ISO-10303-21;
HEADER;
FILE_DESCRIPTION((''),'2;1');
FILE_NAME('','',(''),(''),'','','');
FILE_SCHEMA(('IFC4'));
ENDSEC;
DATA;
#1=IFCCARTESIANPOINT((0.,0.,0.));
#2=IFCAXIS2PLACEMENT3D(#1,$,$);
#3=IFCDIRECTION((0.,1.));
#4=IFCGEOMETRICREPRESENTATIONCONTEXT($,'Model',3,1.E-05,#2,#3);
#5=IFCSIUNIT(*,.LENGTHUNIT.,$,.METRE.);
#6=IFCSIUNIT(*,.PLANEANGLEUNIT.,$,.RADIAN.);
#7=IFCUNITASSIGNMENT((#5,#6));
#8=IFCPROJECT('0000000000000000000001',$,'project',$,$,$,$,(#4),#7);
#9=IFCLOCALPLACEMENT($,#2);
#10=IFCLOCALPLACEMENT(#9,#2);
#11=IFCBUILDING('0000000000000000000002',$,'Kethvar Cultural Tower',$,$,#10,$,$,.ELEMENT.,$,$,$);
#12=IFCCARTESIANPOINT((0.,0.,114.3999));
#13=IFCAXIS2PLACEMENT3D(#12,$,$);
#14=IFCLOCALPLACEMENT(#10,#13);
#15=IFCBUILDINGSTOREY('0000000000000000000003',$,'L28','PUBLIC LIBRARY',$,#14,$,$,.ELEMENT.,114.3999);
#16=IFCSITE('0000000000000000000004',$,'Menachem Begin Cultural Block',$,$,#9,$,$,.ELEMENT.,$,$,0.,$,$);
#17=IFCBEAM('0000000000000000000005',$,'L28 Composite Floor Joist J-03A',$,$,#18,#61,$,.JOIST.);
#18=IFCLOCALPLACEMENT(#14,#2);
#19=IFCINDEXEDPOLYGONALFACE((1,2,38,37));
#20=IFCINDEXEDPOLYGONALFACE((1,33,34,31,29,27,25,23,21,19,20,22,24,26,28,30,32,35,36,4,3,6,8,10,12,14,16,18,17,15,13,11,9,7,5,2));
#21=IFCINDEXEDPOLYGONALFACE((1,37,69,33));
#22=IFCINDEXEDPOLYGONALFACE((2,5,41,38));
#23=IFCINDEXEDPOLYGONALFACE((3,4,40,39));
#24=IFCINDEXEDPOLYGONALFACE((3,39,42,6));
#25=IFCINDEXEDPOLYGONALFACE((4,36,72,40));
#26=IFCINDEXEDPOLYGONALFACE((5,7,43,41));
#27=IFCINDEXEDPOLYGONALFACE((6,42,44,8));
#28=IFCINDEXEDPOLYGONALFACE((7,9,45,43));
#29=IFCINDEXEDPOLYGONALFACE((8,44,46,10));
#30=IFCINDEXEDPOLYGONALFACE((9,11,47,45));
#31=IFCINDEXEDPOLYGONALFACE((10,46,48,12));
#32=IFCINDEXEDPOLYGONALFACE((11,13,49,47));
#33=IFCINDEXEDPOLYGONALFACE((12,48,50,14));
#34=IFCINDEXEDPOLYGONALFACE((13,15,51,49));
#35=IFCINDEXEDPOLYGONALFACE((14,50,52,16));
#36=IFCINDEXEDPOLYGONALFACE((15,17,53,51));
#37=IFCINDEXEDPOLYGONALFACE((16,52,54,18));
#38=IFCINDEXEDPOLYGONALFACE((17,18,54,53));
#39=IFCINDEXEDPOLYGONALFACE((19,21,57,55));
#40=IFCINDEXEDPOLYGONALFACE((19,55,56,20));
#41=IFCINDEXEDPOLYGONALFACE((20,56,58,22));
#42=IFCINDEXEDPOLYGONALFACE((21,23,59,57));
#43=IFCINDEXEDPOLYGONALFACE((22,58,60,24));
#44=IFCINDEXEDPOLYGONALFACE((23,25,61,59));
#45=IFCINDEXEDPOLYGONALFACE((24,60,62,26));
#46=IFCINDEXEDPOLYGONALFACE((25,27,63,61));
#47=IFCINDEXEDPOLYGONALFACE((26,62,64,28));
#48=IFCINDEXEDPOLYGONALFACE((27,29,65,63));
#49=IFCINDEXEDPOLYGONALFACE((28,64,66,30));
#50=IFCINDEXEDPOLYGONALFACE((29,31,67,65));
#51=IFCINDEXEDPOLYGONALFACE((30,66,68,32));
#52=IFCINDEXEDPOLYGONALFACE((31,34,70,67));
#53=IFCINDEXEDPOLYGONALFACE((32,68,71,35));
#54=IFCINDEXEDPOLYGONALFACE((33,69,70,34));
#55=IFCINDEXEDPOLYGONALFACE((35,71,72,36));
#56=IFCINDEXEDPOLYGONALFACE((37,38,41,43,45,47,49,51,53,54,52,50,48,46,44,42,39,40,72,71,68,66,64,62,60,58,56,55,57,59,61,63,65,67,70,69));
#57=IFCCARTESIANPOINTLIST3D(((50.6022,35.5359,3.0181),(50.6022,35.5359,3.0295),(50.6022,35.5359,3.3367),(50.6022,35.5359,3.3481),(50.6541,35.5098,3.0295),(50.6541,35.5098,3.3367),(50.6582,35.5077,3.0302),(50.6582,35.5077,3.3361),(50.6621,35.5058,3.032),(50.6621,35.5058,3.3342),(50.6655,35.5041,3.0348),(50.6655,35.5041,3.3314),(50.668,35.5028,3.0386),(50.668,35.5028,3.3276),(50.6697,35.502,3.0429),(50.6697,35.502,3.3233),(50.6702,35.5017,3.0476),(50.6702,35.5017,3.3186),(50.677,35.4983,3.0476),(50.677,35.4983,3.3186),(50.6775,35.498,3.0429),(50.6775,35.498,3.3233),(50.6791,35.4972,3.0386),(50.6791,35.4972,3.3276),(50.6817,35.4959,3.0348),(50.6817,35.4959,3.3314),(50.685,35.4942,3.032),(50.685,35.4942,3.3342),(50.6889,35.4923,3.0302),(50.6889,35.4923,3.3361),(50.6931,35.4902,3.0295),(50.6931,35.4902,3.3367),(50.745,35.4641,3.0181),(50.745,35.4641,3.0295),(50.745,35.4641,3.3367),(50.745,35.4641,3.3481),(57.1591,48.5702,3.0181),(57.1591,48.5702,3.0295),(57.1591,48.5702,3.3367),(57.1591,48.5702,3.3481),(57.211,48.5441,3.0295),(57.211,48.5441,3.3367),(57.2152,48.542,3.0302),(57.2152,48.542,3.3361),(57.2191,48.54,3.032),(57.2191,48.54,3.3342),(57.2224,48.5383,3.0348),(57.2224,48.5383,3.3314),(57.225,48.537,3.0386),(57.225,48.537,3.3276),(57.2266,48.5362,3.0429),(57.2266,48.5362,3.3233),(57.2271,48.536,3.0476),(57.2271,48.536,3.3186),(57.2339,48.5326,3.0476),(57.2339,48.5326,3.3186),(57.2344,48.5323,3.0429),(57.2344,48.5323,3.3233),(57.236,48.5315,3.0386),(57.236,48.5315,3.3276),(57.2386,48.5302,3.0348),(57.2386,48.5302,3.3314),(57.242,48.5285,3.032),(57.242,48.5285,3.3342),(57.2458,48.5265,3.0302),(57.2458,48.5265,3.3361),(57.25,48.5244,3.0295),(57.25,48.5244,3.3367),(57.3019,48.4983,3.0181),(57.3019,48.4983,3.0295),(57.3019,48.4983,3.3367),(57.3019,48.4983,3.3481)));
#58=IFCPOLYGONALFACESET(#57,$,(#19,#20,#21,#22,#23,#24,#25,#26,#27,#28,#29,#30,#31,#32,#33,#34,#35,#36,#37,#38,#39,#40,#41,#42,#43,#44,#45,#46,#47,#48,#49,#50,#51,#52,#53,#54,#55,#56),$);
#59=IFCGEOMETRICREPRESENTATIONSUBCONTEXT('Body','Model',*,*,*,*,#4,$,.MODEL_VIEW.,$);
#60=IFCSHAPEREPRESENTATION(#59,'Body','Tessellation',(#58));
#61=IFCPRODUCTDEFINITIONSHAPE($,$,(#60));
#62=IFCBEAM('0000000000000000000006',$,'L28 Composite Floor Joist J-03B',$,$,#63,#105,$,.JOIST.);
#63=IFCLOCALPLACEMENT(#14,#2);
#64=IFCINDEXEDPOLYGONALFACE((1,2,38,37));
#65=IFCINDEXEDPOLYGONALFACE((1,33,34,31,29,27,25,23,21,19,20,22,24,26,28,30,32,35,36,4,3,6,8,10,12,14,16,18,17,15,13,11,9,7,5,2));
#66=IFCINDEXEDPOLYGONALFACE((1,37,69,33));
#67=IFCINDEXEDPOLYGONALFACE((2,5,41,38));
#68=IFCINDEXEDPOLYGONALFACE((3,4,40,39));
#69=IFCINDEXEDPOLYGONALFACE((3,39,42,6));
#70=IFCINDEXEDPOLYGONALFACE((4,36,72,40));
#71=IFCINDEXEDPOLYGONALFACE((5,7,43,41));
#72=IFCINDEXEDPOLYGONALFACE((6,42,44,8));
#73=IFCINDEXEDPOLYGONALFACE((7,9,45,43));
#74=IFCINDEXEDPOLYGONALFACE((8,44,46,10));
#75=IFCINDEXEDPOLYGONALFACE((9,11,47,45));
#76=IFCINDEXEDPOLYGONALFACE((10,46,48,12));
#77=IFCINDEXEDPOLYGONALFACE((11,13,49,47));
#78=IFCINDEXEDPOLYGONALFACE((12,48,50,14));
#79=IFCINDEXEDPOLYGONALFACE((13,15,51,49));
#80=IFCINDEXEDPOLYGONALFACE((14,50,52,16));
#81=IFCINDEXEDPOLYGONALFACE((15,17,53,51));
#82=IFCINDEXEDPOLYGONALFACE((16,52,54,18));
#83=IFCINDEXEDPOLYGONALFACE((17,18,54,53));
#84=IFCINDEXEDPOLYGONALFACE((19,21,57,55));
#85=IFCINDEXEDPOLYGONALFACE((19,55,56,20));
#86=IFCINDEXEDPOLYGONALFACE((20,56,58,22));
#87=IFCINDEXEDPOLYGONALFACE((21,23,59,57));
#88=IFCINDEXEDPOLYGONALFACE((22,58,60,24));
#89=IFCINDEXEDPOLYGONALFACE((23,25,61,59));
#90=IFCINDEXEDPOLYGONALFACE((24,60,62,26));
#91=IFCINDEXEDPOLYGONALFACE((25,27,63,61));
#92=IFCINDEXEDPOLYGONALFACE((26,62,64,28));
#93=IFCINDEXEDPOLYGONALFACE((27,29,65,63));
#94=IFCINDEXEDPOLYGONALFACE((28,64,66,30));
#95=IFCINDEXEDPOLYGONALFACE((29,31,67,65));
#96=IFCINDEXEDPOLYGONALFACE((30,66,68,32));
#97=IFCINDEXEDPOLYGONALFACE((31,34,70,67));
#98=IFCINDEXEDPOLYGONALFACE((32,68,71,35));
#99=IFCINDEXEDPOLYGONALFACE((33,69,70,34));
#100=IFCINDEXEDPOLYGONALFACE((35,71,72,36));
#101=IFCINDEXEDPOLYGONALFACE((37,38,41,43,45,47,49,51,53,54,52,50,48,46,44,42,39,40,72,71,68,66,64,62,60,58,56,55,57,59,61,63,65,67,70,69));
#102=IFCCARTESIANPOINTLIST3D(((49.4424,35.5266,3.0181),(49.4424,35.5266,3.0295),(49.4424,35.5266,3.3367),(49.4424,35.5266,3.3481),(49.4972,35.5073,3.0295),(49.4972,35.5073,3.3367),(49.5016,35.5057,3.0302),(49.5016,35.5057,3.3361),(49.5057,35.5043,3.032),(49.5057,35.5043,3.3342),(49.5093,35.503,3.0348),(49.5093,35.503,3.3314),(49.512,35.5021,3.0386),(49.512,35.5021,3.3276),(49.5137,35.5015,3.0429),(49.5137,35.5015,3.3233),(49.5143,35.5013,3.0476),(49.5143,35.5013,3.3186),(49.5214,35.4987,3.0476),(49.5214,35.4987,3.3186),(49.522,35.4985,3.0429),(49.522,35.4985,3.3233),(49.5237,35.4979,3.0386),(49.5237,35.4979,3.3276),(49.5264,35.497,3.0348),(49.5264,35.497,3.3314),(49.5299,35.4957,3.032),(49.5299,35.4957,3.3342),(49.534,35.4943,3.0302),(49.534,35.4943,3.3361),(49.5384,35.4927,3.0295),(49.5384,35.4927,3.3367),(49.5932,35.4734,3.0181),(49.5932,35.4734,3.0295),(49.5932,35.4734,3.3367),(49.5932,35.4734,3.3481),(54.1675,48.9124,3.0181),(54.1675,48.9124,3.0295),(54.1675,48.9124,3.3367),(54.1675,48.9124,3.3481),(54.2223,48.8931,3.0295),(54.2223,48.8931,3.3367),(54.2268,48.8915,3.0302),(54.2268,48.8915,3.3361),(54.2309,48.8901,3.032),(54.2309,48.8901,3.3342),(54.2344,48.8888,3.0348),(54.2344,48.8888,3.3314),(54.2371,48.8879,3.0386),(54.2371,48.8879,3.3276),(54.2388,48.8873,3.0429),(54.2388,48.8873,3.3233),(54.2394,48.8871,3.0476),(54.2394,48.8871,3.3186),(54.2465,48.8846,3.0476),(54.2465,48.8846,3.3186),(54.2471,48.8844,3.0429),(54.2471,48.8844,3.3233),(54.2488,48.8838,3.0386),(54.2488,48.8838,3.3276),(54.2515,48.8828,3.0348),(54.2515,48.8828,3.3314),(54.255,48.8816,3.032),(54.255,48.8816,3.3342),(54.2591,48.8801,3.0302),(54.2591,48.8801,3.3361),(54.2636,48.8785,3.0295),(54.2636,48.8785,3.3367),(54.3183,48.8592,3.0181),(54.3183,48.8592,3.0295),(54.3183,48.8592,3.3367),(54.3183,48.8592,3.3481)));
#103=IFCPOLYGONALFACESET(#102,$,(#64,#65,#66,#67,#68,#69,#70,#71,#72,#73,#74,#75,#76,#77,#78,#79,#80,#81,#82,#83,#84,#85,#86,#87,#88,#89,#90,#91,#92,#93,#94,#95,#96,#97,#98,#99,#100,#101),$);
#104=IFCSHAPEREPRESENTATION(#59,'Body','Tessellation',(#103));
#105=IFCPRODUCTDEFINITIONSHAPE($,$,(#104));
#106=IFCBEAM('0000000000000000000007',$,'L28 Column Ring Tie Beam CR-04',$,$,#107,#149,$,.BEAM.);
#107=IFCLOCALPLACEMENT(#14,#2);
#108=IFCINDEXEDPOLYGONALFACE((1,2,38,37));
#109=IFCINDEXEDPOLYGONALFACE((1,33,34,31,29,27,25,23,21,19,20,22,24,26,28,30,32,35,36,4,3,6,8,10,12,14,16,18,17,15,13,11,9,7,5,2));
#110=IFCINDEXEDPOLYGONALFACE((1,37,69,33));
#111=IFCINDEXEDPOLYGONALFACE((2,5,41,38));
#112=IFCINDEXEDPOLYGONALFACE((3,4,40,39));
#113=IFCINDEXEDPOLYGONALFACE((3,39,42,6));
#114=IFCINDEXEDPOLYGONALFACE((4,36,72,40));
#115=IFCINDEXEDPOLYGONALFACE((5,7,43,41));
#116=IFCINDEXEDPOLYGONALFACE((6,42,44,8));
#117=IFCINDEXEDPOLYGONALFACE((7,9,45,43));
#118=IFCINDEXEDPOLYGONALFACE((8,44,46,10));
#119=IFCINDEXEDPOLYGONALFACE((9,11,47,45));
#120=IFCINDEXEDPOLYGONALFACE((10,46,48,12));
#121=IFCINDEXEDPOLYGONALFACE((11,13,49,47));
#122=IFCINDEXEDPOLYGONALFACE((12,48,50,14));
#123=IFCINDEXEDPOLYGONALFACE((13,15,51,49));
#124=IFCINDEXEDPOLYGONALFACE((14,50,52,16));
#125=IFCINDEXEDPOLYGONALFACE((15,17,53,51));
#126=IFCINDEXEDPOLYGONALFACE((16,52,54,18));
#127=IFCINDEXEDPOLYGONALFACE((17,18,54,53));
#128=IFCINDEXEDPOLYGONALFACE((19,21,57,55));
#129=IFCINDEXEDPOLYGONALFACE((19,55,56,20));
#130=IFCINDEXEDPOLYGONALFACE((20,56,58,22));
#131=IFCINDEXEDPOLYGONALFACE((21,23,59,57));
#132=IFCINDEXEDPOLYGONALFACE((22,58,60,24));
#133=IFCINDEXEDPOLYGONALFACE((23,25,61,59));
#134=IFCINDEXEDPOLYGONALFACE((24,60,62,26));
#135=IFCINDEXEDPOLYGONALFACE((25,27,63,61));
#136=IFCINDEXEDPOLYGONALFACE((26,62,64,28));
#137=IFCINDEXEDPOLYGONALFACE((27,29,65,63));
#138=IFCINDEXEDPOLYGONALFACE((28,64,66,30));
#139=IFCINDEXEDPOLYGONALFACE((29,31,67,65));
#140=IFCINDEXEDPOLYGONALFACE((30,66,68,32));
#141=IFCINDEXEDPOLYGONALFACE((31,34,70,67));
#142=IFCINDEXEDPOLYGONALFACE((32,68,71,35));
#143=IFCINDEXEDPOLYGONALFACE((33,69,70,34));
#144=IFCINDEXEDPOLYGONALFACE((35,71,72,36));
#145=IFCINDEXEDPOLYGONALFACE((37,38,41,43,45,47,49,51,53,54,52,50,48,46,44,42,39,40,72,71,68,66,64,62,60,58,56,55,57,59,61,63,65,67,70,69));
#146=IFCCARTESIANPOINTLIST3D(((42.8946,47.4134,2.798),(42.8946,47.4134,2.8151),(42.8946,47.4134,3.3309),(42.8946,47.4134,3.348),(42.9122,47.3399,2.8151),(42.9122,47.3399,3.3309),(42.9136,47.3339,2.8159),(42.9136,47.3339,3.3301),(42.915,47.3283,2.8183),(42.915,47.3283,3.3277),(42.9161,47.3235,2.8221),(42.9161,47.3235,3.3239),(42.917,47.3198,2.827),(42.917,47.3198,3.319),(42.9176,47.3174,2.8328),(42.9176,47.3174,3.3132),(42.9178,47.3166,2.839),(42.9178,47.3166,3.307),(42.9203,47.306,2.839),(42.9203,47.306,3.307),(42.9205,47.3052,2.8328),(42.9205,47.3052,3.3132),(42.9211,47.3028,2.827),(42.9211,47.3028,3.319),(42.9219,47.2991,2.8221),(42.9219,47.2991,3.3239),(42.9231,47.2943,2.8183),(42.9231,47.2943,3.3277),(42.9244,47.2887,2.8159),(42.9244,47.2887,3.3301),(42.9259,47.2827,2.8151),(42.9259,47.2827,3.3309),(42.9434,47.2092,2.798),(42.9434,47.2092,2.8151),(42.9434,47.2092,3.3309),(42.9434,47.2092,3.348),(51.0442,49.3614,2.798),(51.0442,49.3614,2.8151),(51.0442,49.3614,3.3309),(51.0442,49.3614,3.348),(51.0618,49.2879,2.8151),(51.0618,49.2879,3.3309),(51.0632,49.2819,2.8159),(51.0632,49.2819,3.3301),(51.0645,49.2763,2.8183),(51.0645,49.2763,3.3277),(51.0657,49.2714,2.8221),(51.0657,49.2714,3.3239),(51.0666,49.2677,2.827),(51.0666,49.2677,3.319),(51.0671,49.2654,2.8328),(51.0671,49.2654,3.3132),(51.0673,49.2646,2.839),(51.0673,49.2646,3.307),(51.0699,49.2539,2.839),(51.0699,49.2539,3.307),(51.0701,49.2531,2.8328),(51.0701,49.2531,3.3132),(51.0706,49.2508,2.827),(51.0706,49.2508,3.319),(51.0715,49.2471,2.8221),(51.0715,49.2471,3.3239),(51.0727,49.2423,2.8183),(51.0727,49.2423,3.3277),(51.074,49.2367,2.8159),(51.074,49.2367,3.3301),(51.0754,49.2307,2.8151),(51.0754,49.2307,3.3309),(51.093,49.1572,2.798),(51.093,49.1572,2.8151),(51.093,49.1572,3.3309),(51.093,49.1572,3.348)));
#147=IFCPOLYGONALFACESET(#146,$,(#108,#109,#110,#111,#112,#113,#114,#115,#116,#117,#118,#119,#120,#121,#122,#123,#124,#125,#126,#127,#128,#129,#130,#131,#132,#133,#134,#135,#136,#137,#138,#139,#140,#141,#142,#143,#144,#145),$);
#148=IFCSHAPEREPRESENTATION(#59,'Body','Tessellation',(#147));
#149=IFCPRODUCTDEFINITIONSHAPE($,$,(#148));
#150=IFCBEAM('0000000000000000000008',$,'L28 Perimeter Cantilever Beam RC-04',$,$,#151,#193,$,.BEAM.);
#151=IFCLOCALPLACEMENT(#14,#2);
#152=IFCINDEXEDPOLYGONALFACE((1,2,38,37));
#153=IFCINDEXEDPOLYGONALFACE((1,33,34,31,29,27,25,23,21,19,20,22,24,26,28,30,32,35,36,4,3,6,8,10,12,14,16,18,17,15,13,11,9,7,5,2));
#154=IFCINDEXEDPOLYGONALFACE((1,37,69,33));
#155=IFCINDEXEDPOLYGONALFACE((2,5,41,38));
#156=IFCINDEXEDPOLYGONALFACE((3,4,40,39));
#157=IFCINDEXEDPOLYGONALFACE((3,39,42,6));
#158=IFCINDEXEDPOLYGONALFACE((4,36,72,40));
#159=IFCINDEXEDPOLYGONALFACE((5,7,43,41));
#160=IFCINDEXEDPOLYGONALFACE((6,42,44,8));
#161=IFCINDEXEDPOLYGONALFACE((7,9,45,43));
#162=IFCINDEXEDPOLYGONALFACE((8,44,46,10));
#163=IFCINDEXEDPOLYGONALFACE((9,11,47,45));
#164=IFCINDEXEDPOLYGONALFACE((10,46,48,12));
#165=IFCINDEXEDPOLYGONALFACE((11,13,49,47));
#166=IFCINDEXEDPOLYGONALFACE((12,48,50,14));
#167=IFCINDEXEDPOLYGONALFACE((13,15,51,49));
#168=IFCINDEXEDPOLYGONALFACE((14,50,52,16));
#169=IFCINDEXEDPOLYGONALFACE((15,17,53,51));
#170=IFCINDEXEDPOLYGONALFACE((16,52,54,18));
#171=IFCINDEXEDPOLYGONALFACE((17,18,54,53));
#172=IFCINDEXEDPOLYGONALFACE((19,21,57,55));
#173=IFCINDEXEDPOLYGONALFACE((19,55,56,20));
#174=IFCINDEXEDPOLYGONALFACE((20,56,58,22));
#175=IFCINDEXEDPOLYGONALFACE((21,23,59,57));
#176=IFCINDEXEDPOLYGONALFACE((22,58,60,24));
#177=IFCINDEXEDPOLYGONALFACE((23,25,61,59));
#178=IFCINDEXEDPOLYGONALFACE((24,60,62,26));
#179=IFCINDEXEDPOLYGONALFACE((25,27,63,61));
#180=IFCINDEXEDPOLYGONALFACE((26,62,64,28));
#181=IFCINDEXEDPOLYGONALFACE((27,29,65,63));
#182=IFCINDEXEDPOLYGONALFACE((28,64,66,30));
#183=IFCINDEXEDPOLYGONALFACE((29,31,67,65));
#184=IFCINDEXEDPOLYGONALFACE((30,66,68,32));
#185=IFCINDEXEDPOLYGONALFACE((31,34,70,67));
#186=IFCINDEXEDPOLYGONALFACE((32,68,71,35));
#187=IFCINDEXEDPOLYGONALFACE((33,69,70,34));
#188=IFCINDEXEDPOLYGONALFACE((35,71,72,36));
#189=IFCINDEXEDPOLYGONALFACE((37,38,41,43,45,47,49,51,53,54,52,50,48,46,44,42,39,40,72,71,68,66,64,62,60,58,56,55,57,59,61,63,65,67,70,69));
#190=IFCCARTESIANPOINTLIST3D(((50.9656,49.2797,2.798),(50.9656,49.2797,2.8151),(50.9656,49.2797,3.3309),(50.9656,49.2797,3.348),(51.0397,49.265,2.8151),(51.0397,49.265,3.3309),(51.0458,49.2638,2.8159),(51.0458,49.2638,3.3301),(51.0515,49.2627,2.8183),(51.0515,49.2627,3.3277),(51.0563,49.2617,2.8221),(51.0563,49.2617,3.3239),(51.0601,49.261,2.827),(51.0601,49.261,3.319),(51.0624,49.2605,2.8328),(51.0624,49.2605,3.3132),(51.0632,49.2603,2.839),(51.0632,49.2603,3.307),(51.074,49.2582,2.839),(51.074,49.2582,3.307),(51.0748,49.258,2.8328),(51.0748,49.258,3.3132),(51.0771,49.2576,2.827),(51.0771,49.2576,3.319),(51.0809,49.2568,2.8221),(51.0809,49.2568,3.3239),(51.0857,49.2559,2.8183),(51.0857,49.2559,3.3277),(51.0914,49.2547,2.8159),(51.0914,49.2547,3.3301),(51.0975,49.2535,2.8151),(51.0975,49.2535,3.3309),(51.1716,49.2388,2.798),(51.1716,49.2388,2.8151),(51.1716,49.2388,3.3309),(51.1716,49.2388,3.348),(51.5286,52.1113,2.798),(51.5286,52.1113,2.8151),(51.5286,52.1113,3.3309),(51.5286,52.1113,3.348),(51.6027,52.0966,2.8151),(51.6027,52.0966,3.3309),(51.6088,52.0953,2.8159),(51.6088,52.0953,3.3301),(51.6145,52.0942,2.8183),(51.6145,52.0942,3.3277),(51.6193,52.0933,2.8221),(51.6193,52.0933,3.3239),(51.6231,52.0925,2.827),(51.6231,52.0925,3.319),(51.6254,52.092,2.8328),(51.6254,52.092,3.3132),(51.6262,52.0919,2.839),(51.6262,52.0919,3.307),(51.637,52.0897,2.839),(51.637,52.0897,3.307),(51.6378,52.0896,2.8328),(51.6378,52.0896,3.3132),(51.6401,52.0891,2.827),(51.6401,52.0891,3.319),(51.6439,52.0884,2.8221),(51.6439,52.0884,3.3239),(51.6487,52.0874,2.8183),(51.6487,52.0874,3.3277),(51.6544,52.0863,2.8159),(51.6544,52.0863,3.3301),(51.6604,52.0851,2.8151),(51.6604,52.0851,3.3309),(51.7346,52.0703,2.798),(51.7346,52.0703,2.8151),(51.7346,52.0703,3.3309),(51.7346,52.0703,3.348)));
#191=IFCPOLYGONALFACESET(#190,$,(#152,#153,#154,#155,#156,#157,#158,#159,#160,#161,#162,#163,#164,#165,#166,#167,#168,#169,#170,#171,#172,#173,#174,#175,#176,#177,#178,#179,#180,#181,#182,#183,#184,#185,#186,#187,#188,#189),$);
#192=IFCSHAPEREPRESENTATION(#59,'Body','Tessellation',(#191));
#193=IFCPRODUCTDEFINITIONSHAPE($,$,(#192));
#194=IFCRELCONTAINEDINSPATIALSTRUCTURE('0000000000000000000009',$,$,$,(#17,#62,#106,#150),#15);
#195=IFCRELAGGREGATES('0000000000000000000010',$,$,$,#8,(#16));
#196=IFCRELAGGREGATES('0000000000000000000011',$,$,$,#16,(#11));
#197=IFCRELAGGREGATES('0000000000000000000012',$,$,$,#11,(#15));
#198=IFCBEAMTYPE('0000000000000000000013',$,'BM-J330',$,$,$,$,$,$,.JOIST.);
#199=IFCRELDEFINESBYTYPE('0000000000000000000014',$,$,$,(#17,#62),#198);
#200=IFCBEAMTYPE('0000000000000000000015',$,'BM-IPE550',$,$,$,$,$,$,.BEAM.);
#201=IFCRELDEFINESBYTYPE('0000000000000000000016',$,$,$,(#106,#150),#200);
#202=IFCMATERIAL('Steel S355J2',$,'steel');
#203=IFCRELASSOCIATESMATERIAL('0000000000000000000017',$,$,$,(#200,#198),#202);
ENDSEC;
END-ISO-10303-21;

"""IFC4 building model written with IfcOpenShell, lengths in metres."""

from ifc_helpers import new_model, si_unit, direction, frame, origin, origin_2d, place, context, subcontext, project, spatial, i_section, extrude, source, transform, mapped, material, material_profile, profile_set, type_object, element, save


model = new_model("IFC4")

# Units and contexts
model_context = context("Model", 3, precision=1e-05, world=origin(), true_north=direction((0.0, 1.0)))
body_context = subcontext(model_context, "Body", "Model", "MODEL_VIEW")
ifc_project = project(units=[si_unit("LENGTHUNIT", "METRE"), si_unit("PLANEANGLEUNIT", "RADIAN")], contexts=[model_context])

# Site, building, storey
site_placement = place(None, origin())
site = spatial("IfcSite", under=ifc_project, at=site_placement, Name="Menachem Begin Cultural Block", CompositionType="ELEMENT", RefElevation=0.0)
building_placement = place(site_placement, origin())
building = spatial("IfcBuilding", under=site, at=building_placement, Name="Kethvar Cultural Tower", CompositionType="ELEMENT")
storey_placement = place(building_placement, frame((0.0, 0.0, 114.3999)))
storey = spatial("IfcBuildingStorey", under=building, at=storey_placement, Name="L28", Description="PUBLIC LIBRARY", CompositionType="ELEMENT", Elevation=114.3999)

# Beams
ifc_material_1 = material(Name="Steel S355J2", Category="steel")
ifc_material_profile_1 = material_profile(ifc_material_1, i_section(OverallWidth=0.21, OverallDepth=0.55, WebThickness=0.011, FlangeThickness=0.0171, FilletRadius=0.0239, at=origin_2d()), Name="Steel S355J2 — IPE550")
ifc_profile_set_1 = profile_set([ifc_material_profile_1], Name="Steel S355J2 — IPE550")
beam_type_1 = type_object("IfcBeamType", Name="BM-IPE550", PredefinedType="BEAM", material=ifc_profile_set_1)
ifc_material_profile_2 = material_profile(ifc_material_1, i_section(OverallWidth=0.1599, OverallDepth=0.3301, WebThickness=0.0076, FlangeThickness=0.0115, FilletRadius=0.0181, at=origin_2d()), Name="Steel S355J2 — IPE330")
ifc_profile_set_2 = profile_set([ifc_material_profile_2], Name="Steel S355J2 — IPE330")
beam_type_2 = type_object("IfcBeamType", Name="BM-J330", PredefinedType="JOIST", material=ifc_profile_set_2)
shared_shape_1 = source(origin(), body_context, "Body", "SweptSolid", [
    extrude(i_section(OverallWidth=0.1599, OverallDepth=0.3301, WebThickness=0.0076, FlangeThickness=0.0115, FilletRadius=0.0181, at=origin_2d()), origin(), (0.0, 0.0, 1.0), 14.5906),
])
beam_1_placement = place(storey_placement, frame((50.6736, 35.5, 3.1831), z_axis=(0.449394, 0.893334, 0.0), x_axis=(-0.893334, 0.449394, 0.0)))
element("IfcBeam", 1, at=beam_1_placement, inside=storey, type_object=beam_type_2, Name="L28 Composite Floor Joist J-03A", PredefinedType="JOIST", context=body_context, shape_type="MappedRepresentation", body=[
    mapped(shared_shape_1, transform((0.0, 0.0, 0.0), scale=1.0)),
])
shared_shape_2 = source(origin(), body_context, "Body", "SweptSolid", [
    extrude(i_section(OverallWidth=0.1599, OverallDepth=0.3301, WebThickness=0.0076, FlangeThickness=0.0115, FilletRadius=0.0181, at=origin_2d()), origin(), (0.0, 0.0, 1.0), 14.1953),
])
beam_2_placement = place(storey_placement, frame((49.5178, 35.5, 3.1831), z_axis=(0.332865, 0.942974, 0.0), x_axis=(-0.942974, 0.332865, 0.0)))
element("IfcBeam", 2, at=beam_2_placement, inside=storey, type_object=beam_type_2, Name="L28 Composite Floor Joist J-03B", PredefinedType="JOIST", context=body_context, shape_type="MappedRepresentation", body=[
    mapped(shared_shape_2, transform((0.0, 0.0, 0.0), scale=1.0)),
])
shared_shape_3 = source(origin(), body_context, "Body", "SweptSolid", [
    extrude(i_section(OverallWidth=0.21, OverallDepth=0.55, WebThickness=0.011, FlangeThickness=0.0171, FilletRadius=0.0239, at=origin_2d()), origin(), (0.0, 0.0, 1.0), 8.3792),
])
beam_3_placement = place(storey_placement, frame((51.0686, 49.2593, 3.073), z_axis=(-0.972601, -0.232479, 0.0), x_axis=(0.232479, -0.972601, 0.0)))
element("IfcBeam", 3, at=beam_3_placement, inside=storey, type_object=beam_type_1, Name="L28 Column Ring Tie Beam CR-04", PredefinedType="BEAM", context=body_context, shape_type="MappedRepresentation", body=[
    mapped(shared_shape_3, transform((0.0, 0.0, 0.0), scale=1.0)),
])
shared_shape_4 = source(origin(), body_context, "Body", "SweptSolid", [
    extrude(i_section(OverallWidth=0.21, OverallDepth=0.55, WebThickness=0.011, FlangeThickness=0.0171, FilletRadius=0.0239, at=origin_2d()), origin(), (0.0, 0.0, 1.0), 2.887),
])
beam_4_placement = place(storey_placement, frame((51.0686, 49.2593, 3.073), z_axis=(0.19501, 0.980801, 0.0), x_axis=(-0.980801, 0.19501, 0.0)))
element("IfcBeam", 4, at=beam_4_placement, inside=storey, type_object=beam_type_1, Name="L28 Perimeter Cantilever Beam RC-04", PredefinedType="BEAM", context=body_context, shape_type="MappedRepresentation", body=[
    mapped(shared_shape_4, transform((0.0, 0.0, 0.0), scale=1.0)),
])

save(model, "model.ifc")
